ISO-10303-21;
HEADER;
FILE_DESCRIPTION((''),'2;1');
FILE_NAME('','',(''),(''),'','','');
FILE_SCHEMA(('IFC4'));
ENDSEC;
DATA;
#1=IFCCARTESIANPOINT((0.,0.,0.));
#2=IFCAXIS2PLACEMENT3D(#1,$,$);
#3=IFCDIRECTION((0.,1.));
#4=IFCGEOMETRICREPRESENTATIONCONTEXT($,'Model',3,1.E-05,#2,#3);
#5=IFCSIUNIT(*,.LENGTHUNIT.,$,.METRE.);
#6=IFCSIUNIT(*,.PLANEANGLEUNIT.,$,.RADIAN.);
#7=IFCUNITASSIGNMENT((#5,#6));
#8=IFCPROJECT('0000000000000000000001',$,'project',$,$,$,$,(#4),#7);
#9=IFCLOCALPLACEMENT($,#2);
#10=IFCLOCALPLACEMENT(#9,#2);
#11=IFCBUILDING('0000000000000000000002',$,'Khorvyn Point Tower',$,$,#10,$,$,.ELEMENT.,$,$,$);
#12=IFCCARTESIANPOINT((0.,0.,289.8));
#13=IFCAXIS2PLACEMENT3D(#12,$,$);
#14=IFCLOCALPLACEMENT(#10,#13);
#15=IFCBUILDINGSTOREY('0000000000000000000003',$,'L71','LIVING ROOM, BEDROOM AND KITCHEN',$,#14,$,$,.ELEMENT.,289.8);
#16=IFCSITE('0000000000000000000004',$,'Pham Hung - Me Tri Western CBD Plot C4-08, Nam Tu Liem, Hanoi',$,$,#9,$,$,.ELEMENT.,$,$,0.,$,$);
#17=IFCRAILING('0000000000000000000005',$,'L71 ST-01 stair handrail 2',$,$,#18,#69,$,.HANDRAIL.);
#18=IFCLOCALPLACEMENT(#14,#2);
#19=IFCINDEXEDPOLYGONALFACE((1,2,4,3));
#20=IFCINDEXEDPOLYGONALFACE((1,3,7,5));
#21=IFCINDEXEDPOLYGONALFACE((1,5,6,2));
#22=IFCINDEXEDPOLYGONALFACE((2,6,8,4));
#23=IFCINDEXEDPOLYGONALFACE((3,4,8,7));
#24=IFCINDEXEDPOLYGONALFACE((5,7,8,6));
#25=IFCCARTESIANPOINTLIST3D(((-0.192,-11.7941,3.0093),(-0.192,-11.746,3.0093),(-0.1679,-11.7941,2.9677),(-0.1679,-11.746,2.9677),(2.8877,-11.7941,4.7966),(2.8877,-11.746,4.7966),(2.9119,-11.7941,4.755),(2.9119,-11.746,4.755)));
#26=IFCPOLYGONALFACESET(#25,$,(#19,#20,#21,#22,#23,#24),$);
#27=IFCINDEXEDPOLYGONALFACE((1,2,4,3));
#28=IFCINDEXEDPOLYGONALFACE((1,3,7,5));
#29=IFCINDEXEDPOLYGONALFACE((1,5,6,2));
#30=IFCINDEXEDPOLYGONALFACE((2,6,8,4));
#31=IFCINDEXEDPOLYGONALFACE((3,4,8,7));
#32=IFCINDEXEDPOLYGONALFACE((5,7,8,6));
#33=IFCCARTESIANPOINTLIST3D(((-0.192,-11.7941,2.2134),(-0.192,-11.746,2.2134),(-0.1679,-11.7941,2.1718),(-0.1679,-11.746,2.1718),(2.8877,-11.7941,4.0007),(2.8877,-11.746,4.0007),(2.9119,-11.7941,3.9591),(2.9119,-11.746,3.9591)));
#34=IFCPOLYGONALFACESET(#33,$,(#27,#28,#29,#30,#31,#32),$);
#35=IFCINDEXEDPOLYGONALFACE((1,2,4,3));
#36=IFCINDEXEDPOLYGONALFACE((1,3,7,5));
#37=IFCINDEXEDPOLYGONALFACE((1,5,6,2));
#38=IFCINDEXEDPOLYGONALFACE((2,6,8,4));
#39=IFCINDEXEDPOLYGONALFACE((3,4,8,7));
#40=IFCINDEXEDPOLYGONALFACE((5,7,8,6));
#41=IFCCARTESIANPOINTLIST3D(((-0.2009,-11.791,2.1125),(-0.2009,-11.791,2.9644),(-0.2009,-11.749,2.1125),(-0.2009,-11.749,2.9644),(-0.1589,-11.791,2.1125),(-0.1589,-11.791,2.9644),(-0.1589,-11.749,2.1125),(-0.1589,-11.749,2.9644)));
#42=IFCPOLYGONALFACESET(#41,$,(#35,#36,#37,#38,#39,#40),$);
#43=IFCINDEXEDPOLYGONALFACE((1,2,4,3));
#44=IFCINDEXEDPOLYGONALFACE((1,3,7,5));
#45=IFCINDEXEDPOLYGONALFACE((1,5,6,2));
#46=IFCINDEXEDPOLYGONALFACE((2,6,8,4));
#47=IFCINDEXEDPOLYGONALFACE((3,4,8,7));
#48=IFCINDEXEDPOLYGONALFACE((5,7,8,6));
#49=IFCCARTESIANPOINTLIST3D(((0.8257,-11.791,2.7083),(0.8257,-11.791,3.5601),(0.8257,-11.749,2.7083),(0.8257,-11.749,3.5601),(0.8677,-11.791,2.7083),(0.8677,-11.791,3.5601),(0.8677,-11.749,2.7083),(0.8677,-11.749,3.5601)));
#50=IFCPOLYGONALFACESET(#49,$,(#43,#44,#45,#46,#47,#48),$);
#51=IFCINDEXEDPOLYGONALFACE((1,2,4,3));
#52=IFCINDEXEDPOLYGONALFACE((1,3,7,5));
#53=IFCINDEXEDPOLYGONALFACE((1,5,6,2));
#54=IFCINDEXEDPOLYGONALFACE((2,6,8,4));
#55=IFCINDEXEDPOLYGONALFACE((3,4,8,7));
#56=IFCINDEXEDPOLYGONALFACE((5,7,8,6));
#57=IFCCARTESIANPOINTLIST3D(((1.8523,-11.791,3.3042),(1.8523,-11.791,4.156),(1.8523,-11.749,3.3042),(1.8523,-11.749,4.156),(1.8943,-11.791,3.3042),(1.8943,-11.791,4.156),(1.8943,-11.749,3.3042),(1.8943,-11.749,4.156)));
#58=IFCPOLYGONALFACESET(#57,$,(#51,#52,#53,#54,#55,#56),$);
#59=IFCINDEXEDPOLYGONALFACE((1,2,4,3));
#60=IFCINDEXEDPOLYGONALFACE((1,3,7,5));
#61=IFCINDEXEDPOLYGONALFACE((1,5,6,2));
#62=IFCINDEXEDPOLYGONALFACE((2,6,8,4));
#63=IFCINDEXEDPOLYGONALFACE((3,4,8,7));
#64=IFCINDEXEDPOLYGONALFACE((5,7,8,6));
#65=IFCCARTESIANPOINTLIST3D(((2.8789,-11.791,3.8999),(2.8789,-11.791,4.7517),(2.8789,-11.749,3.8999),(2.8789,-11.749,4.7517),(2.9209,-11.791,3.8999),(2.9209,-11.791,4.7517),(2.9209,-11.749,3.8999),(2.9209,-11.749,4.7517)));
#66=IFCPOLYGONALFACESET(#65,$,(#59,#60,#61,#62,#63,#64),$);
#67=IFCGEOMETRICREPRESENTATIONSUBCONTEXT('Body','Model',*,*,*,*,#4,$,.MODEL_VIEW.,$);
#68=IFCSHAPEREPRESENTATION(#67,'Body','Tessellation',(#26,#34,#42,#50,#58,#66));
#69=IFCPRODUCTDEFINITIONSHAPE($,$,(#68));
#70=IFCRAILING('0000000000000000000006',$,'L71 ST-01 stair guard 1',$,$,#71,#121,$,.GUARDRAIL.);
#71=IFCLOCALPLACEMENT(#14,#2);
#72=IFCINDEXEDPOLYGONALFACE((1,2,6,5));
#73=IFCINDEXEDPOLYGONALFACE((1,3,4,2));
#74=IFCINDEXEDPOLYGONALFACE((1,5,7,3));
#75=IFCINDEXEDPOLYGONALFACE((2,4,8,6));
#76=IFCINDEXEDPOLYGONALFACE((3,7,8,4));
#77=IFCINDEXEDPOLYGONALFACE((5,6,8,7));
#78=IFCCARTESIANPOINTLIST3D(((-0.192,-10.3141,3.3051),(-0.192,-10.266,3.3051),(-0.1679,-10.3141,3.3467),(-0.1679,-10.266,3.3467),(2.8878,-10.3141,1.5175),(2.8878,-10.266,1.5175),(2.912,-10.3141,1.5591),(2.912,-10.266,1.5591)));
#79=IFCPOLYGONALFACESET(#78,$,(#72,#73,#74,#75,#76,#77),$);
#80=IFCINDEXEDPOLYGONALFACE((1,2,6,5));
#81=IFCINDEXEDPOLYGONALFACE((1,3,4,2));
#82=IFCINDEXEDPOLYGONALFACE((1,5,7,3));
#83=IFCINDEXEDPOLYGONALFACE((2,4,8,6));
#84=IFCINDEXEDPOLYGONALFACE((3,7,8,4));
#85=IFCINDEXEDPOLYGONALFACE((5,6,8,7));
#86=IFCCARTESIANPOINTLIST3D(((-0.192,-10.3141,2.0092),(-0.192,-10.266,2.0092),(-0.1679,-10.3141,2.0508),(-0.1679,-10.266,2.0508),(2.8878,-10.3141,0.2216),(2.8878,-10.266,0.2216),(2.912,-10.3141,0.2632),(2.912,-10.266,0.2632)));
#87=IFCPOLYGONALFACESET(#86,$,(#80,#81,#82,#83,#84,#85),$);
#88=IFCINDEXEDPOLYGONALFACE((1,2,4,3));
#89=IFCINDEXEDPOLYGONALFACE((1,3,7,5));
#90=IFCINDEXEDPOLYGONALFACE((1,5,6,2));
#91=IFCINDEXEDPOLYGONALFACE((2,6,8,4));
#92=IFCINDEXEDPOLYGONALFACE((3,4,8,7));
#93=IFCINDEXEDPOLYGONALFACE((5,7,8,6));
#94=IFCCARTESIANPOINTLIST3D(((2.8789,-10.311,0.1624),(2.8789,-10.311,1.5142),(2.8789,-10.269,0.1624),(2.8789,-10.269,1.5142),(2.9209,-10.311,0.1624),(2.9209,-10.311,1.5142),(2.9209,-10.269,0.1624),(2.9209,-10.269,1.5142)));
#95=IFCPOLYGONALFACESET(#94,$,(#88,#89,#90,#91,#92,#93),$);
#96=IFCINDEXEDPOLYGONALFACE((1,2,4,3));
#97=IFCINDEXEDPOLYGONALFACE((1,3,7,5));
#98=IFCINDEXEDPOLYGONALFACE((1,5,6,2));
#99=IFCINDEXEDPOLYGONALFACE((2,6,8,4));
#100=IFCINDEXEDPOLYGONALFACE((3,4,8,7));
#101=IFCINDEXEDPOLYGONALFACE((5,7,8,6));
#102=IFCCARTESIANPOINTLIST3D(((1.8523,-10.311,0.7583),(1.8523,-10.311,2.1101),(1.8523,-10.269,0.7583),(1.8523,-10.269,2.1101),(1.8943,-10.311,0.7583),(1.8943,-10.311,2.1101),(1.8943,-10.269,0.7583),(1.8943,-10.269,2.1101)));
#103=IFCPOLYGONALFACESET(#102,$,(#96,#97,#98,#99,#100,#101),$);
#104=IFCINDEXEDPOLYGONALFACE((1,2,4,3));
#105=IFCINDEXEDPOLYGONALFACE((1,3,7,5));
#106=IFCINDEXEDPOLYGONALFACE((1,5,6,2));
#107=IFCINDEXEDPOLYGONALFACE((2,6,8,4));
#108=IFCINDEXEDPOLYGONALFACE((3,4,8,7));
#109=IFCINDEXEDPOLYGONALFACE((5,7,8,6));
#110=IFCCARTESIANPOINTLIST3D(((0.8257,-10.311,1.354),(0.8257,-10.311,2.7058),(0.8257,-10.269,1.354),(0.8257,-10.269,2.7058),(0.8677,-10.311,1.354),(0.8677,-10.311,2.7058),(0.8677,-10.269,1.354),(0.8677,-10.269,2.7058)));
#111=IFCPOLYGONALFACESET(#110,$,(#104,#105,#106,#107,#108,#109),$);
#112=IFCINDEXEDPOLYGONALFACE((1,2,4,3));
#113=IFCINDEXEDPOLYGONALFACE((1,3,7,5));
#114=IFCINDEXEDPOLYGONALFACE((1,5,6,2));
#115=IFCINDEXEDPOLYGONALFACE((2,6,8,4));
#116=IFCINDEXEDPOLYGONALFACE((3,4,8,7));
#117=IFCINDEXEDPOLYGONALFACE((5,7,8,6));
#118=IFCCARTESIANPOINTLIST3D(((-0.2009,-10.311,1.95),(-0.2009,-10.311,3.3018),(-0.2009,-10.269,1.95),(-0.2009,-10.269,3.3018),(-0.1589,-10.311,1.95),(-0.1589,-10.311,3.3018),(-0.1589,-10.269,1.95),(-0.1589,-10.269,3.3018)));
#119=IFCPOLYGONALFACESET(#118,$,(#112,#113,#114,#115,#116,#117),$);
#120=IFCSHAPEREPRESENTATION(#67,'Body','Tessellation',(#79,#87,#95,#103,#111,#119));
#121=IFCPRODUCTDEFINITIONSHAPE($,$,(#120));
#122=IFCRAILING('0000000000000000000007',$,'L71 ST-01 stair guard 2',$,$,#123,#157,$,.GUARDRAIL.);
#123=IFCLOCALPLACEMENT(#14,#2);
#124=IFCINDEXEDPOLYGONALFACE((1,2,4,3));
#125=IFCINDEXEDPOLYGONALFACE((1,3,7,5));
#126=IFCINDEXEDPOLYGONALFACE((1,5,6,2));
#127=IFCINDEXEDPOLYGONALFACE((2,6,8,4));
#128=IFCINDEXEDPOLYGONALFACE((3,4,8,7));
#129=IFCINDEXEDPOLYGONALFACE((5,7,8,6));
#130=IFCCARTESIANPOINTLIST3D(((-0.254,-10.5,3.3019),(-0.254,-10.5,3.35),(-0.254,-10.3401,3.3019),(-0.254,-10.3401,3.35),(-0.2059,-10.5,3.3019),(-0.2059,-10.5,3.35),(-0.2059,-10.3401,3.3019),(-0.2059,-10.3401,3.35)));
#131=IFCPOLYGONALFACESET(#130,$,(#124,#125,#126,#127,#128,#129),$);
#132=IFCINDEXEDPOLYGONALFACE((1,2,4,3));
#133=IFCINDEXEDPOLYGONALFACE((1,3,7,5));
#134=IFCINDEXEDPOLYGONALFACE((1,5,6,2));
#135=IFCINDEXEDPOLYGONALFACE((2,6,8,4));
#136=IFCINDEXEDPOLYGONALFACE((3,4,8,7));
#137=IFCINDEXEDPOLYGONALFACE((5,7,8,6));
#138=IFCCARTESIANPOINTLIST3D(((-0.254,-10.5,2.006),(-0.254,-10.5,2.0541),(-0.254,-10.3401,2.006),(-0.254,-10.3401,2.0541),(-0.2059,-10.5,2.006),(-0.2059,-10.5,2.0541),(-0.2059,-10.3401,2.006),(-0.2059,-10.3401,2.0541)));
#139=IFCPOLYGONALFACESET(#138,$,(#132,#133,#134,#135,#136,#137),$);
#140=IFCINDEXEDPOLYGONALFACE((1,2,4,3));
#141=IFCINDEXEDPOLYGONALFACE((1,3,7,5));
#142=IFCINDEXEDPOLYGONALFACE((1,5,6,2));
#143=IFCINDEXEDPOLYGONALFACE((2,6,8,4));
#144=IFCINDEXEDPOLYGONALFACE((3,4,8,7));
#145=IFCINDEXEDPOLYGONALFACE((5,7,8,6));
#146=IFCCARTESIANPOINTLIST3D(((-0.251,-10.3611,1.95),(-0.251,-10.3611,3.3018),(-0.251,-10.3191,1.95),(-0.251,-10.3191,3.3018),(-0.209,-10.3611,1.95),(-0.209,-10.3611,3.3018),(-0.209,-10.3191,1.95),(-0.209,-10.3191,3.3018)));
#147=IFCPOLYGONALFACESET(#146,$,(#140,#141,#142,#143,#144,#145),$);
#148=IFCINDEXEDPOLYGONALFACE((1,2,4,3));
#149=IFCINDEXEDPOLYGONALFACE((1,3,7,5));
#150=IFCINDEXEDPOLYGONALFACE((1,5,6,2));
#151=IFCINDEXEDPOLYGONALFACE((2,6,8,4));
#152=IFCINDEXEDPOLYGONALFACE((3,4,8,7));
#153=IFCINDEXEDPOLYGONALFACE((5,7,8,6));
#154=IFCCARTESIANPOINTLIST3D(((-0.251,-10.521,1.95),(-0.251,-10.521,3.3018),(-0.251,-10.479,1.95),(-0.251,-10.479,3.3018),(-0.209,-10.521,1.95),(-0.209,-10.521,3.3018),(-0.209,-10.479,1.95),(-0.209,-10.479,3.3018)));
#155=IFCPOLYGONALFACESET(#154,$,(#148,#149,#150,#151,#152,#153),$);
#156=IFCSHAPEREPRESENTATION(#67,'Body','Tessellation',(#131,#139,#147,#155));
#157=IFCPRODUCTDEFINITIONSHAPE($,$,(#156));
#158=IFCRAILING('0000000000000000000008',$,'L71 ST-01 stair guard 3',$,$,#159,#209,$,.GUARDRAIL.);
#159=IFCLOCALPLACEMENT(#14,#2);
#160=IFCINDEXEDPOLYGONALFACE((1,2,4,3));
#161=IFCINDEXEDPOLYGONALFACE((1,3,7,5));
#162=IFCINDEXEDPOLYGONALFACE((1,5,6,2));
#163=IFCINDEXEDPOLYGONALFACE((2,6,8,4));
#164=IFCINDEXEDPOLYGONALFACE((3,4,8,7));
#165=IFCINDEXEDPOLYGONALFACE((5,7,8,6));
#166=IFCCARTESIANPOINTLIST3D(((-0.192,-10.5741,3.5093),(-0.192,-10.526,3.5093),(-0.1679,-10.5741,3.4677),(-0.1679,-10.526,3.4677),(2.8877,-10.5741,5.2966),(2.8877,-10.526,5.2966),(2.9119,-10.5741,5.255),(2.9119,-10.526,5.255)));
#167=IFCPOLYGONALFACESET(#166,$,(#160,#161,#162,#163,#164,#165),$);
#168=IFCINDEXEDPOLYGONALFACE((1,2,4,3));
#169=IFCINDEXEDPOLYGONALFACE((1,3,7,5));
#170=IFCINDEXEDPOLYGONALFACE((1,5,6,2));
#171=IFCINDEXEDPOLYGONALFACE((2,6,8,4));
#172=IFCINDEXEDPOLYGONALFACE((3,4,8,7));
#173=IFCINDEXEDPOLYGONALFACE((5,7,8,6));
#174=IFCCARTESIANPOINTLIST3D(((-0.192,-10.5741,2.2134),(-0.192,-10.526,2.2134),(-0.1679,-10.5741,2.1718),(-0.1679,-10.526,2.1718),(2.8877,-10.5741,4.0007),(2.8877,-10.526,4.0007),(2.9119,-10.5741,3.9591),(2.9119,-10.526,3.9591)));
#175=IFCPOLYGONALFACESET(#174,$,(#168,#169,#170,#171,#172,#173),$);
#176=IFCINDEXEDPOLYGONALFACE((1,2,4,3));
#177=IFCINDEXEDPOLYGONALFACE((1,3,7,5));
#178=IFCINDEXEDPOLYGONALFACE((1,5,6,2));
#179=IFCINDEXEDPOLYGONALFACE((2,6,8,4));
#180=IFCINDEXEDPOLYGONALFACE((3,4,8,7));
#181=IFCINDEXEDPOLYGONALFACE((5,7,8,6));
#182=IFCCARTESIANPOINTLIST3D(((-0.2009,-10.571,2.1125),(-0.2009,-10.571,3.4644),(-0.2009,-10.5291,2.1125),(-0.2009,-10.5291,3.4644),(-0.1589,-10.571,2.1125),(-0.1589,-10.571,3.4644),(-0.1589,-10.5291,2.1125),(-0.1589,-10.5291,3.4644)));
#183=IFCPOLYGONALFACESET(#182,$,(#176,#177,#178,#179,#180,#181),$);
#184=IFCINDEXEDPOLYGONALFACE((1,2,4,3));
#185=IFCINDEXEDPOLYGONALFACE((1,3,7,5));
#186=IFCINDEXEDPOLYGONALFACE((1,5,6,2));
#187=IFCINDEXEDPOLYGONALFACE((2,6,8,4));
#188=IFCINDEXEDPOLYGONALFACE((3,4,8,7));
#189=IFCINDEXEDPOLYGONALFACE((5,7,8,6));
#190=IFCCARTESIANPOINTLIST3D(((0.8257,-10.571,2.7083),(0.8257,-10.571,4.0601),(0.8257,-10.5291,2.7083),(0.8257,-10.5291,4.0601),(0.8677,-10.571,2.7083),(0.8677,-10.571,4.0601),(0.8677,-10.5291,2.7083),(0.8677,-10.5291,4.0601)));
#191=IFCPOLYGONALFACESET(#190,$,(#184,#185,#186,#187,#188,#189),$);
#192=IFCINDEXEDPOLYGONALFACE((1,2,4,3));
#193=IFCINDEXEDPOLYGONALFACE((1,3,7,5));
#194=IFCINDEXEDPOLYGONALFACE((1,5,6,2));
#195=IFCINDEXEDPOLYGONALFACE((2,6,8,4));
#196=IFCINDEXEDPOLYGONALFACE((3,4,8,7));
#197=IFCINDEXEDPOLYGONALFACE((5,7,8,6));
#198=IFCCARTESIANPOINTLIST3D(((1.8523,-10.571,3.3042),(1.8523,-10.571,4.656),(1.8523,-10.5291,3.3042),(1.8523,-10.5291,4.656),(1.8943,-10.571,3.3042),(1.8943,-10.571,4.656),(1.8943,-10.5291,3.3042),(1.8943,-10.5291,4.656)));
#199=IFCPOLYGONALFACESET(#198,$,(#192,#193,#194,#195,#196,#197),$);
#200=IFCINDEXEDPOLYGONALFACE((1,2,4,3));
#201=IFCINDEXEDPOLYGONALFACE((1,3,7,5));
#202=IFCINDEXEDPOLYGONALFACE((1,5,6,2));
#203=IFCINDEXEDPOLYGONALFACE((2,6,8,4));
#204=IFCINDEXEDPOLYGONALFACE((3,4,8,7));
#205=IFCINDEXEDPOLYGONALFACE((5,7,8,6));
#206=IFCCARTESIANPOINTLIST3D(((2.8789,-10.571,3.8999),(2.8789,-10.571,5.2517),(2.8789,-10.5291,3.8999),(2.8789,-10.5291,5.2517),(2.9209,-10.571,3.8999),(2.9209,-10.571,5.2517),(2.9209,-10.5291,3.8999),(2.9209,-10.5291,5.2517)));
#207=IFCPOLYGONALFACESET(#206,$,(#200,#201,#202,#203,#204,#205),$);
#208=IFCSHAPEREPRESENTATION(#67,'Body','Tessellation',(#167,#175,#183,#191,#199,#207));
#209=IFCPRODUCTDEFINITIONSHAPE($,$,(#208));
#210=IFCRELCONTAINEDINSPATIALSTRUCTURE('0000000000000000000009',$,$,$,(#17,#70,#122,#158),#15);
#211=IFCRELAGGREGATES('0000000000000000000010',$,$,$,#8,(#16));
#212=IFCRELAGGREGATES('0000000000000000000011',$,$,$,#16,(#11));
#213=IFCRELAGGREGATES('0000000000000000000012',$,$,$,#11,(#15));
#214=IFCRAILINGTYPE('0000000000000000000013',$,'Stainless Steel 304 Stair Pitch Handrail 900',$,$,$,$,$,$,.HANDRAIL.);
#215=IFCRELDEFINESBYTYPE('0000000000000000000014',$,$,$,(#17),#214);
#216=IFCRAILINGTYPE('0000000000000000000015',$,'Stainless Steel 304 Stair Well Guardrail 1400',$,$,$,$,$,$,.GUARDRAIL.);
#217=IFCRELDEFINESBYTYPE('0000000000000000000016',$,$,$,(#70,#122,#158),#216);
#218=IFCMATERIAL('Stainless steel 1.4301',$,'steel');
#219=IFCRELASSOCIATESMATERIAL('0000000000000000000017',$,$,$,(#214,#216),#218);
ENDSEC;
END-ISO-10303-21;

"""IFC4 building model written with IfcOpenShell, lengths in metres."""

from ifc_helpers import new_model, si_unit, direction, frame, origin, origin_2d, place, context, subcontext, project, spatial, rectangle, extrude, material, type_object, element, save


model = new_model("IFC4")

# Units and contexts
model_context = context("Model", 3, precision=1e-05, world=origin(), true_north=direction((0.0, 1.0)))
body_context = subcontext(model_context, "Body", "Model", "MODEL_VIEW")
ifc_project = project(units=[si_unit("LENGTHUNIT", "METRE"), si_unit("PLANEANGLEUNIT", "RADIAN")], contexts=[model_context])

# Site, building, storey
site_placement = place(None, origin())
site = spatial("IfcSite", under=ifc_project, at=site_placement, Name="Pham Hung - Me Tri Western CBD Plot C4-08, Nam Tu Liem, Hanoi", CompositionType="ELEMENT", RefElevation=0.0)
building_placement = place(site_placement, origin())
building = spatial("IfcBuilding", under=site, at=building_placement, Name="Khorvyn Point Tower", CompositionType="ELEMENT")
storey_placement = place(building_placement, frame((0.0, 0.0, 289.8)))
storey = spatial("IfcBuildingStorey", under=building, at=storey_placement, Name="L71", Description="LIVING ROOM, BEDROOM AND KITCHEN", CompositionType="ELEMENT", Elevation=289.8)

# Shared definitions
ifc_material_1 = material(Name="Stainless steel 1.4301", Category="steel")

# Railings
railing_type_1 = type_object("IfcRailingType", Name="Stainless Steel 304 Stair Pitch Handrail 900", PredefinedType="HANDRAIL", material=ifc_material_1)
railing_1_placement = place(storey_placement, frame((-0.1799, -11.77, 2.1125)))
element("IfcRailing", 1, at=railing_1_placement, inside=storey, type_object=railing_type_1, Name="L71 ST-01 stair handrail 2", PredefinedType="HANDRAIL", context=body_context, shape_type="SweptSolid", body=[
    extrude(rectangle(XDim=0.0481, YDim=0.0481, at=origin_2d()), frame((0.0, 0.0, 0.876), z_axis=(0.864903, 0.0, 0.501939), x_axis=(0.0, 1.0, 0.0)), (0.0, 0.0, 1.0), 3.5608),
    extrude(rectangle(XDim=0.0481, YDim=0.0481, at=origin_2d()), frame((0.0, 0.0, 0.0801), z_axis=(0.864903, 0.0, 0.501939), x_axis=(0.0, 1.0, 0.0)), (0.0, 0.0, 1.0), 3.5608),
    extrude(rectangle(XDim=0.042, YDim=0.042, at=origin_2d()), origin(), (0.0, 0.0, 1.0), 0.8518),
    extrude(rectangle(XDim=0.042, YDim=0.042, at=origin_2d()), frame((1.0266, 0.0, 0.5957)), (0.0, 0.0, 1.0), 0.8518),
    extrude(rectangle(XDim=0.042, YDim=0.042, at=origin_2d()), frame((2.0532, 0.0, 1.1917)), (0.0, 0.0, 1.0), 0.8518),
    extrude(rectangle(XDim=0.042, YDim=0.042, at=origin_2d()), frame((3.0798, 0.0, 1.7874)), (0.0, 0.0, 1.0), 0.8518),
])
railing_type_2 = type_object("IfcRailingType", Name="Stainless Steel 304 Stair Well Guardrail 1400", PredefinedType="GUARDRAIL", material=ifc_material_1)
railing_2_placement = place(storey_placement, frame((2.8999, -10.29, 0.1624)))
element("IfcRailing", 2, at=railing_2_placement, inside=storey, type_object=railing_type_2, Name="L71 ST-01 stair guard 1", PredefinedType="GUARDRAIL", context=body_context, shape_type="SweptSolid", body=[
    extrude(rectangle(XDim=0.0481, YDim=0.0481, at=origin_2d()), frame((0.0, 0.0, 1.376), z_axis=(-0.864873, 0.0, 0.50199), x_axis=(0.0, -1.0, 0.0)), (0.0, 0.0, 1.0), 3.561),
    extrude(rectangle(XDim=0.0481, YDim=0.0481, at=origin_2d()), frame((0.0, 0.0, 0.0801), z_axis=(-0.864873, 0.0, 0.50199), x_axis=(0.0, -1.0, 0.0)), (0.0, 0.0, 1.0), 3.561),
    extrude(rectangle(XDim=0.042, YDim=0.042, at=origin_2d()), origin(), (0.0, 0.0, 1.0), 1.3518),
    extrude(rectangle(XDim=0.042, YDim=0.042, at=origin_2d()), frame((-1.0266, 0.0, 0.5959)), (0.0, 0.0, 1.0), 1.3518),
    extrude(rectangle(XDim=0.042, YDim=0.042, at=origin_2d()), frame((-2.0532, 0.0, 1.1917)), (0.0, 0.0, 1.0), 1.3518),
    extrude(rectangle(XDim=0.042, YDim=0.042, at=origin_2d()), frame((-3.0798, 0.0, 1.7876)), (0.0, 0.0, 1.0), 1.3518),
])
railing_3_placement = place(storey_placement, frame((-0.23, -10.3401, 1.95)))
element("IfcRailing", 3, at=railing_3_placement, inside=storey, type_object=railing_type_2, Name="L71 ST-01 stair guard 2", PredefinedType="GUARDRAIL", context=body_context, shape_type="SweptSolid", body=[
    extrude(rectangle(XDim=0.0481, YDim=0.0481, at=origin_2d()), frame((0.0, 0.0, 1.376), z_axis=(0.0, -1.0, 0.0), x_axis=(1.0, 0.0, 0.0)), (0.0, 0.0, 1.0), 0.1599),
    extrude(rectangle(XDim=0.0481, YDim=0.0481, at=origin_2d()), frame((0.0, 0.0, 0.0801), z_axis=(0.0, -1.0, 0.0), x_axis=(1.0, 0.0, 0.0)), (0.0, 0.0, 1.0), 0.1599),
    extrude(rectangle(XDim=0.042, YDim=0.042, at=origin_2d()), origin(), (0.0, 0.0, 1.0), 1.3518),
    extrude(rectangle(XDim=0.042, YDim=0.042, at=origin_2d()), frame((0.0, -0.1599, 0.0)), (0.0, 0.0, 1.0), 1.3518),
])
railing_4_placement = place(storey_placement, frame((-0.1799, -10.55, 2.1125)))
element("IfcRailing", 4, at=railing_4_placement, inside=storey, type_object=railing_type_2, Name="L71 ST-01 stair guard 3", PredefinedType="GUARDRAIL", context=body_context, shape_type="SweptSolid", body=[
    extrude(rectangle(XDim=0.0481, YDim=0.0481, at=origin_2d()), frame((0.0, 0.0, 1.376), z_axis=(0.864903, 0.0, 0.501939), x_axis=(0.0, 1.0, 0.0)), (0.0, 0.0, 1.0), 3.5608),
    extrude(rectangle(XDim=0.0481, YDim=0.0481, at=origin_2d()), frame((0.0, 0.0, 0.0801), z_axis=(0.864903, 0.0, 0.501939), x_axis=(0.0, 1.0, 0.0)), (0.0, 0.0, 1.0), 3.5608),
    extrude(rectangle(XDim=0.042, YDim=0.042, at=origin_2d()), origin(), (0.0, 0.0, 1.0), 1.3518),
    extrude(rectangle(XDim=0.042, YDim=0.042, at=origin_2d()), frame((1.0266, 0.0, 0.5957)), (0.0, 0.0, 1.0), 1.3518),
    extrude(rectangle(XDim=0.042, YDim=0.042, at=origin_2d()), frame((2.0532, 0.0, 1.1917)), (0.0, 0.0, 1.0), 1.3518),
    extrude(rectangle(XDim=0.042, YDim=0.042, at=origin_2d()), frame((3.0798, 0.0, 1.7874)), (0.0, 0.0, 1.0), 1.3518),
])

save(model, "model.ifc")
